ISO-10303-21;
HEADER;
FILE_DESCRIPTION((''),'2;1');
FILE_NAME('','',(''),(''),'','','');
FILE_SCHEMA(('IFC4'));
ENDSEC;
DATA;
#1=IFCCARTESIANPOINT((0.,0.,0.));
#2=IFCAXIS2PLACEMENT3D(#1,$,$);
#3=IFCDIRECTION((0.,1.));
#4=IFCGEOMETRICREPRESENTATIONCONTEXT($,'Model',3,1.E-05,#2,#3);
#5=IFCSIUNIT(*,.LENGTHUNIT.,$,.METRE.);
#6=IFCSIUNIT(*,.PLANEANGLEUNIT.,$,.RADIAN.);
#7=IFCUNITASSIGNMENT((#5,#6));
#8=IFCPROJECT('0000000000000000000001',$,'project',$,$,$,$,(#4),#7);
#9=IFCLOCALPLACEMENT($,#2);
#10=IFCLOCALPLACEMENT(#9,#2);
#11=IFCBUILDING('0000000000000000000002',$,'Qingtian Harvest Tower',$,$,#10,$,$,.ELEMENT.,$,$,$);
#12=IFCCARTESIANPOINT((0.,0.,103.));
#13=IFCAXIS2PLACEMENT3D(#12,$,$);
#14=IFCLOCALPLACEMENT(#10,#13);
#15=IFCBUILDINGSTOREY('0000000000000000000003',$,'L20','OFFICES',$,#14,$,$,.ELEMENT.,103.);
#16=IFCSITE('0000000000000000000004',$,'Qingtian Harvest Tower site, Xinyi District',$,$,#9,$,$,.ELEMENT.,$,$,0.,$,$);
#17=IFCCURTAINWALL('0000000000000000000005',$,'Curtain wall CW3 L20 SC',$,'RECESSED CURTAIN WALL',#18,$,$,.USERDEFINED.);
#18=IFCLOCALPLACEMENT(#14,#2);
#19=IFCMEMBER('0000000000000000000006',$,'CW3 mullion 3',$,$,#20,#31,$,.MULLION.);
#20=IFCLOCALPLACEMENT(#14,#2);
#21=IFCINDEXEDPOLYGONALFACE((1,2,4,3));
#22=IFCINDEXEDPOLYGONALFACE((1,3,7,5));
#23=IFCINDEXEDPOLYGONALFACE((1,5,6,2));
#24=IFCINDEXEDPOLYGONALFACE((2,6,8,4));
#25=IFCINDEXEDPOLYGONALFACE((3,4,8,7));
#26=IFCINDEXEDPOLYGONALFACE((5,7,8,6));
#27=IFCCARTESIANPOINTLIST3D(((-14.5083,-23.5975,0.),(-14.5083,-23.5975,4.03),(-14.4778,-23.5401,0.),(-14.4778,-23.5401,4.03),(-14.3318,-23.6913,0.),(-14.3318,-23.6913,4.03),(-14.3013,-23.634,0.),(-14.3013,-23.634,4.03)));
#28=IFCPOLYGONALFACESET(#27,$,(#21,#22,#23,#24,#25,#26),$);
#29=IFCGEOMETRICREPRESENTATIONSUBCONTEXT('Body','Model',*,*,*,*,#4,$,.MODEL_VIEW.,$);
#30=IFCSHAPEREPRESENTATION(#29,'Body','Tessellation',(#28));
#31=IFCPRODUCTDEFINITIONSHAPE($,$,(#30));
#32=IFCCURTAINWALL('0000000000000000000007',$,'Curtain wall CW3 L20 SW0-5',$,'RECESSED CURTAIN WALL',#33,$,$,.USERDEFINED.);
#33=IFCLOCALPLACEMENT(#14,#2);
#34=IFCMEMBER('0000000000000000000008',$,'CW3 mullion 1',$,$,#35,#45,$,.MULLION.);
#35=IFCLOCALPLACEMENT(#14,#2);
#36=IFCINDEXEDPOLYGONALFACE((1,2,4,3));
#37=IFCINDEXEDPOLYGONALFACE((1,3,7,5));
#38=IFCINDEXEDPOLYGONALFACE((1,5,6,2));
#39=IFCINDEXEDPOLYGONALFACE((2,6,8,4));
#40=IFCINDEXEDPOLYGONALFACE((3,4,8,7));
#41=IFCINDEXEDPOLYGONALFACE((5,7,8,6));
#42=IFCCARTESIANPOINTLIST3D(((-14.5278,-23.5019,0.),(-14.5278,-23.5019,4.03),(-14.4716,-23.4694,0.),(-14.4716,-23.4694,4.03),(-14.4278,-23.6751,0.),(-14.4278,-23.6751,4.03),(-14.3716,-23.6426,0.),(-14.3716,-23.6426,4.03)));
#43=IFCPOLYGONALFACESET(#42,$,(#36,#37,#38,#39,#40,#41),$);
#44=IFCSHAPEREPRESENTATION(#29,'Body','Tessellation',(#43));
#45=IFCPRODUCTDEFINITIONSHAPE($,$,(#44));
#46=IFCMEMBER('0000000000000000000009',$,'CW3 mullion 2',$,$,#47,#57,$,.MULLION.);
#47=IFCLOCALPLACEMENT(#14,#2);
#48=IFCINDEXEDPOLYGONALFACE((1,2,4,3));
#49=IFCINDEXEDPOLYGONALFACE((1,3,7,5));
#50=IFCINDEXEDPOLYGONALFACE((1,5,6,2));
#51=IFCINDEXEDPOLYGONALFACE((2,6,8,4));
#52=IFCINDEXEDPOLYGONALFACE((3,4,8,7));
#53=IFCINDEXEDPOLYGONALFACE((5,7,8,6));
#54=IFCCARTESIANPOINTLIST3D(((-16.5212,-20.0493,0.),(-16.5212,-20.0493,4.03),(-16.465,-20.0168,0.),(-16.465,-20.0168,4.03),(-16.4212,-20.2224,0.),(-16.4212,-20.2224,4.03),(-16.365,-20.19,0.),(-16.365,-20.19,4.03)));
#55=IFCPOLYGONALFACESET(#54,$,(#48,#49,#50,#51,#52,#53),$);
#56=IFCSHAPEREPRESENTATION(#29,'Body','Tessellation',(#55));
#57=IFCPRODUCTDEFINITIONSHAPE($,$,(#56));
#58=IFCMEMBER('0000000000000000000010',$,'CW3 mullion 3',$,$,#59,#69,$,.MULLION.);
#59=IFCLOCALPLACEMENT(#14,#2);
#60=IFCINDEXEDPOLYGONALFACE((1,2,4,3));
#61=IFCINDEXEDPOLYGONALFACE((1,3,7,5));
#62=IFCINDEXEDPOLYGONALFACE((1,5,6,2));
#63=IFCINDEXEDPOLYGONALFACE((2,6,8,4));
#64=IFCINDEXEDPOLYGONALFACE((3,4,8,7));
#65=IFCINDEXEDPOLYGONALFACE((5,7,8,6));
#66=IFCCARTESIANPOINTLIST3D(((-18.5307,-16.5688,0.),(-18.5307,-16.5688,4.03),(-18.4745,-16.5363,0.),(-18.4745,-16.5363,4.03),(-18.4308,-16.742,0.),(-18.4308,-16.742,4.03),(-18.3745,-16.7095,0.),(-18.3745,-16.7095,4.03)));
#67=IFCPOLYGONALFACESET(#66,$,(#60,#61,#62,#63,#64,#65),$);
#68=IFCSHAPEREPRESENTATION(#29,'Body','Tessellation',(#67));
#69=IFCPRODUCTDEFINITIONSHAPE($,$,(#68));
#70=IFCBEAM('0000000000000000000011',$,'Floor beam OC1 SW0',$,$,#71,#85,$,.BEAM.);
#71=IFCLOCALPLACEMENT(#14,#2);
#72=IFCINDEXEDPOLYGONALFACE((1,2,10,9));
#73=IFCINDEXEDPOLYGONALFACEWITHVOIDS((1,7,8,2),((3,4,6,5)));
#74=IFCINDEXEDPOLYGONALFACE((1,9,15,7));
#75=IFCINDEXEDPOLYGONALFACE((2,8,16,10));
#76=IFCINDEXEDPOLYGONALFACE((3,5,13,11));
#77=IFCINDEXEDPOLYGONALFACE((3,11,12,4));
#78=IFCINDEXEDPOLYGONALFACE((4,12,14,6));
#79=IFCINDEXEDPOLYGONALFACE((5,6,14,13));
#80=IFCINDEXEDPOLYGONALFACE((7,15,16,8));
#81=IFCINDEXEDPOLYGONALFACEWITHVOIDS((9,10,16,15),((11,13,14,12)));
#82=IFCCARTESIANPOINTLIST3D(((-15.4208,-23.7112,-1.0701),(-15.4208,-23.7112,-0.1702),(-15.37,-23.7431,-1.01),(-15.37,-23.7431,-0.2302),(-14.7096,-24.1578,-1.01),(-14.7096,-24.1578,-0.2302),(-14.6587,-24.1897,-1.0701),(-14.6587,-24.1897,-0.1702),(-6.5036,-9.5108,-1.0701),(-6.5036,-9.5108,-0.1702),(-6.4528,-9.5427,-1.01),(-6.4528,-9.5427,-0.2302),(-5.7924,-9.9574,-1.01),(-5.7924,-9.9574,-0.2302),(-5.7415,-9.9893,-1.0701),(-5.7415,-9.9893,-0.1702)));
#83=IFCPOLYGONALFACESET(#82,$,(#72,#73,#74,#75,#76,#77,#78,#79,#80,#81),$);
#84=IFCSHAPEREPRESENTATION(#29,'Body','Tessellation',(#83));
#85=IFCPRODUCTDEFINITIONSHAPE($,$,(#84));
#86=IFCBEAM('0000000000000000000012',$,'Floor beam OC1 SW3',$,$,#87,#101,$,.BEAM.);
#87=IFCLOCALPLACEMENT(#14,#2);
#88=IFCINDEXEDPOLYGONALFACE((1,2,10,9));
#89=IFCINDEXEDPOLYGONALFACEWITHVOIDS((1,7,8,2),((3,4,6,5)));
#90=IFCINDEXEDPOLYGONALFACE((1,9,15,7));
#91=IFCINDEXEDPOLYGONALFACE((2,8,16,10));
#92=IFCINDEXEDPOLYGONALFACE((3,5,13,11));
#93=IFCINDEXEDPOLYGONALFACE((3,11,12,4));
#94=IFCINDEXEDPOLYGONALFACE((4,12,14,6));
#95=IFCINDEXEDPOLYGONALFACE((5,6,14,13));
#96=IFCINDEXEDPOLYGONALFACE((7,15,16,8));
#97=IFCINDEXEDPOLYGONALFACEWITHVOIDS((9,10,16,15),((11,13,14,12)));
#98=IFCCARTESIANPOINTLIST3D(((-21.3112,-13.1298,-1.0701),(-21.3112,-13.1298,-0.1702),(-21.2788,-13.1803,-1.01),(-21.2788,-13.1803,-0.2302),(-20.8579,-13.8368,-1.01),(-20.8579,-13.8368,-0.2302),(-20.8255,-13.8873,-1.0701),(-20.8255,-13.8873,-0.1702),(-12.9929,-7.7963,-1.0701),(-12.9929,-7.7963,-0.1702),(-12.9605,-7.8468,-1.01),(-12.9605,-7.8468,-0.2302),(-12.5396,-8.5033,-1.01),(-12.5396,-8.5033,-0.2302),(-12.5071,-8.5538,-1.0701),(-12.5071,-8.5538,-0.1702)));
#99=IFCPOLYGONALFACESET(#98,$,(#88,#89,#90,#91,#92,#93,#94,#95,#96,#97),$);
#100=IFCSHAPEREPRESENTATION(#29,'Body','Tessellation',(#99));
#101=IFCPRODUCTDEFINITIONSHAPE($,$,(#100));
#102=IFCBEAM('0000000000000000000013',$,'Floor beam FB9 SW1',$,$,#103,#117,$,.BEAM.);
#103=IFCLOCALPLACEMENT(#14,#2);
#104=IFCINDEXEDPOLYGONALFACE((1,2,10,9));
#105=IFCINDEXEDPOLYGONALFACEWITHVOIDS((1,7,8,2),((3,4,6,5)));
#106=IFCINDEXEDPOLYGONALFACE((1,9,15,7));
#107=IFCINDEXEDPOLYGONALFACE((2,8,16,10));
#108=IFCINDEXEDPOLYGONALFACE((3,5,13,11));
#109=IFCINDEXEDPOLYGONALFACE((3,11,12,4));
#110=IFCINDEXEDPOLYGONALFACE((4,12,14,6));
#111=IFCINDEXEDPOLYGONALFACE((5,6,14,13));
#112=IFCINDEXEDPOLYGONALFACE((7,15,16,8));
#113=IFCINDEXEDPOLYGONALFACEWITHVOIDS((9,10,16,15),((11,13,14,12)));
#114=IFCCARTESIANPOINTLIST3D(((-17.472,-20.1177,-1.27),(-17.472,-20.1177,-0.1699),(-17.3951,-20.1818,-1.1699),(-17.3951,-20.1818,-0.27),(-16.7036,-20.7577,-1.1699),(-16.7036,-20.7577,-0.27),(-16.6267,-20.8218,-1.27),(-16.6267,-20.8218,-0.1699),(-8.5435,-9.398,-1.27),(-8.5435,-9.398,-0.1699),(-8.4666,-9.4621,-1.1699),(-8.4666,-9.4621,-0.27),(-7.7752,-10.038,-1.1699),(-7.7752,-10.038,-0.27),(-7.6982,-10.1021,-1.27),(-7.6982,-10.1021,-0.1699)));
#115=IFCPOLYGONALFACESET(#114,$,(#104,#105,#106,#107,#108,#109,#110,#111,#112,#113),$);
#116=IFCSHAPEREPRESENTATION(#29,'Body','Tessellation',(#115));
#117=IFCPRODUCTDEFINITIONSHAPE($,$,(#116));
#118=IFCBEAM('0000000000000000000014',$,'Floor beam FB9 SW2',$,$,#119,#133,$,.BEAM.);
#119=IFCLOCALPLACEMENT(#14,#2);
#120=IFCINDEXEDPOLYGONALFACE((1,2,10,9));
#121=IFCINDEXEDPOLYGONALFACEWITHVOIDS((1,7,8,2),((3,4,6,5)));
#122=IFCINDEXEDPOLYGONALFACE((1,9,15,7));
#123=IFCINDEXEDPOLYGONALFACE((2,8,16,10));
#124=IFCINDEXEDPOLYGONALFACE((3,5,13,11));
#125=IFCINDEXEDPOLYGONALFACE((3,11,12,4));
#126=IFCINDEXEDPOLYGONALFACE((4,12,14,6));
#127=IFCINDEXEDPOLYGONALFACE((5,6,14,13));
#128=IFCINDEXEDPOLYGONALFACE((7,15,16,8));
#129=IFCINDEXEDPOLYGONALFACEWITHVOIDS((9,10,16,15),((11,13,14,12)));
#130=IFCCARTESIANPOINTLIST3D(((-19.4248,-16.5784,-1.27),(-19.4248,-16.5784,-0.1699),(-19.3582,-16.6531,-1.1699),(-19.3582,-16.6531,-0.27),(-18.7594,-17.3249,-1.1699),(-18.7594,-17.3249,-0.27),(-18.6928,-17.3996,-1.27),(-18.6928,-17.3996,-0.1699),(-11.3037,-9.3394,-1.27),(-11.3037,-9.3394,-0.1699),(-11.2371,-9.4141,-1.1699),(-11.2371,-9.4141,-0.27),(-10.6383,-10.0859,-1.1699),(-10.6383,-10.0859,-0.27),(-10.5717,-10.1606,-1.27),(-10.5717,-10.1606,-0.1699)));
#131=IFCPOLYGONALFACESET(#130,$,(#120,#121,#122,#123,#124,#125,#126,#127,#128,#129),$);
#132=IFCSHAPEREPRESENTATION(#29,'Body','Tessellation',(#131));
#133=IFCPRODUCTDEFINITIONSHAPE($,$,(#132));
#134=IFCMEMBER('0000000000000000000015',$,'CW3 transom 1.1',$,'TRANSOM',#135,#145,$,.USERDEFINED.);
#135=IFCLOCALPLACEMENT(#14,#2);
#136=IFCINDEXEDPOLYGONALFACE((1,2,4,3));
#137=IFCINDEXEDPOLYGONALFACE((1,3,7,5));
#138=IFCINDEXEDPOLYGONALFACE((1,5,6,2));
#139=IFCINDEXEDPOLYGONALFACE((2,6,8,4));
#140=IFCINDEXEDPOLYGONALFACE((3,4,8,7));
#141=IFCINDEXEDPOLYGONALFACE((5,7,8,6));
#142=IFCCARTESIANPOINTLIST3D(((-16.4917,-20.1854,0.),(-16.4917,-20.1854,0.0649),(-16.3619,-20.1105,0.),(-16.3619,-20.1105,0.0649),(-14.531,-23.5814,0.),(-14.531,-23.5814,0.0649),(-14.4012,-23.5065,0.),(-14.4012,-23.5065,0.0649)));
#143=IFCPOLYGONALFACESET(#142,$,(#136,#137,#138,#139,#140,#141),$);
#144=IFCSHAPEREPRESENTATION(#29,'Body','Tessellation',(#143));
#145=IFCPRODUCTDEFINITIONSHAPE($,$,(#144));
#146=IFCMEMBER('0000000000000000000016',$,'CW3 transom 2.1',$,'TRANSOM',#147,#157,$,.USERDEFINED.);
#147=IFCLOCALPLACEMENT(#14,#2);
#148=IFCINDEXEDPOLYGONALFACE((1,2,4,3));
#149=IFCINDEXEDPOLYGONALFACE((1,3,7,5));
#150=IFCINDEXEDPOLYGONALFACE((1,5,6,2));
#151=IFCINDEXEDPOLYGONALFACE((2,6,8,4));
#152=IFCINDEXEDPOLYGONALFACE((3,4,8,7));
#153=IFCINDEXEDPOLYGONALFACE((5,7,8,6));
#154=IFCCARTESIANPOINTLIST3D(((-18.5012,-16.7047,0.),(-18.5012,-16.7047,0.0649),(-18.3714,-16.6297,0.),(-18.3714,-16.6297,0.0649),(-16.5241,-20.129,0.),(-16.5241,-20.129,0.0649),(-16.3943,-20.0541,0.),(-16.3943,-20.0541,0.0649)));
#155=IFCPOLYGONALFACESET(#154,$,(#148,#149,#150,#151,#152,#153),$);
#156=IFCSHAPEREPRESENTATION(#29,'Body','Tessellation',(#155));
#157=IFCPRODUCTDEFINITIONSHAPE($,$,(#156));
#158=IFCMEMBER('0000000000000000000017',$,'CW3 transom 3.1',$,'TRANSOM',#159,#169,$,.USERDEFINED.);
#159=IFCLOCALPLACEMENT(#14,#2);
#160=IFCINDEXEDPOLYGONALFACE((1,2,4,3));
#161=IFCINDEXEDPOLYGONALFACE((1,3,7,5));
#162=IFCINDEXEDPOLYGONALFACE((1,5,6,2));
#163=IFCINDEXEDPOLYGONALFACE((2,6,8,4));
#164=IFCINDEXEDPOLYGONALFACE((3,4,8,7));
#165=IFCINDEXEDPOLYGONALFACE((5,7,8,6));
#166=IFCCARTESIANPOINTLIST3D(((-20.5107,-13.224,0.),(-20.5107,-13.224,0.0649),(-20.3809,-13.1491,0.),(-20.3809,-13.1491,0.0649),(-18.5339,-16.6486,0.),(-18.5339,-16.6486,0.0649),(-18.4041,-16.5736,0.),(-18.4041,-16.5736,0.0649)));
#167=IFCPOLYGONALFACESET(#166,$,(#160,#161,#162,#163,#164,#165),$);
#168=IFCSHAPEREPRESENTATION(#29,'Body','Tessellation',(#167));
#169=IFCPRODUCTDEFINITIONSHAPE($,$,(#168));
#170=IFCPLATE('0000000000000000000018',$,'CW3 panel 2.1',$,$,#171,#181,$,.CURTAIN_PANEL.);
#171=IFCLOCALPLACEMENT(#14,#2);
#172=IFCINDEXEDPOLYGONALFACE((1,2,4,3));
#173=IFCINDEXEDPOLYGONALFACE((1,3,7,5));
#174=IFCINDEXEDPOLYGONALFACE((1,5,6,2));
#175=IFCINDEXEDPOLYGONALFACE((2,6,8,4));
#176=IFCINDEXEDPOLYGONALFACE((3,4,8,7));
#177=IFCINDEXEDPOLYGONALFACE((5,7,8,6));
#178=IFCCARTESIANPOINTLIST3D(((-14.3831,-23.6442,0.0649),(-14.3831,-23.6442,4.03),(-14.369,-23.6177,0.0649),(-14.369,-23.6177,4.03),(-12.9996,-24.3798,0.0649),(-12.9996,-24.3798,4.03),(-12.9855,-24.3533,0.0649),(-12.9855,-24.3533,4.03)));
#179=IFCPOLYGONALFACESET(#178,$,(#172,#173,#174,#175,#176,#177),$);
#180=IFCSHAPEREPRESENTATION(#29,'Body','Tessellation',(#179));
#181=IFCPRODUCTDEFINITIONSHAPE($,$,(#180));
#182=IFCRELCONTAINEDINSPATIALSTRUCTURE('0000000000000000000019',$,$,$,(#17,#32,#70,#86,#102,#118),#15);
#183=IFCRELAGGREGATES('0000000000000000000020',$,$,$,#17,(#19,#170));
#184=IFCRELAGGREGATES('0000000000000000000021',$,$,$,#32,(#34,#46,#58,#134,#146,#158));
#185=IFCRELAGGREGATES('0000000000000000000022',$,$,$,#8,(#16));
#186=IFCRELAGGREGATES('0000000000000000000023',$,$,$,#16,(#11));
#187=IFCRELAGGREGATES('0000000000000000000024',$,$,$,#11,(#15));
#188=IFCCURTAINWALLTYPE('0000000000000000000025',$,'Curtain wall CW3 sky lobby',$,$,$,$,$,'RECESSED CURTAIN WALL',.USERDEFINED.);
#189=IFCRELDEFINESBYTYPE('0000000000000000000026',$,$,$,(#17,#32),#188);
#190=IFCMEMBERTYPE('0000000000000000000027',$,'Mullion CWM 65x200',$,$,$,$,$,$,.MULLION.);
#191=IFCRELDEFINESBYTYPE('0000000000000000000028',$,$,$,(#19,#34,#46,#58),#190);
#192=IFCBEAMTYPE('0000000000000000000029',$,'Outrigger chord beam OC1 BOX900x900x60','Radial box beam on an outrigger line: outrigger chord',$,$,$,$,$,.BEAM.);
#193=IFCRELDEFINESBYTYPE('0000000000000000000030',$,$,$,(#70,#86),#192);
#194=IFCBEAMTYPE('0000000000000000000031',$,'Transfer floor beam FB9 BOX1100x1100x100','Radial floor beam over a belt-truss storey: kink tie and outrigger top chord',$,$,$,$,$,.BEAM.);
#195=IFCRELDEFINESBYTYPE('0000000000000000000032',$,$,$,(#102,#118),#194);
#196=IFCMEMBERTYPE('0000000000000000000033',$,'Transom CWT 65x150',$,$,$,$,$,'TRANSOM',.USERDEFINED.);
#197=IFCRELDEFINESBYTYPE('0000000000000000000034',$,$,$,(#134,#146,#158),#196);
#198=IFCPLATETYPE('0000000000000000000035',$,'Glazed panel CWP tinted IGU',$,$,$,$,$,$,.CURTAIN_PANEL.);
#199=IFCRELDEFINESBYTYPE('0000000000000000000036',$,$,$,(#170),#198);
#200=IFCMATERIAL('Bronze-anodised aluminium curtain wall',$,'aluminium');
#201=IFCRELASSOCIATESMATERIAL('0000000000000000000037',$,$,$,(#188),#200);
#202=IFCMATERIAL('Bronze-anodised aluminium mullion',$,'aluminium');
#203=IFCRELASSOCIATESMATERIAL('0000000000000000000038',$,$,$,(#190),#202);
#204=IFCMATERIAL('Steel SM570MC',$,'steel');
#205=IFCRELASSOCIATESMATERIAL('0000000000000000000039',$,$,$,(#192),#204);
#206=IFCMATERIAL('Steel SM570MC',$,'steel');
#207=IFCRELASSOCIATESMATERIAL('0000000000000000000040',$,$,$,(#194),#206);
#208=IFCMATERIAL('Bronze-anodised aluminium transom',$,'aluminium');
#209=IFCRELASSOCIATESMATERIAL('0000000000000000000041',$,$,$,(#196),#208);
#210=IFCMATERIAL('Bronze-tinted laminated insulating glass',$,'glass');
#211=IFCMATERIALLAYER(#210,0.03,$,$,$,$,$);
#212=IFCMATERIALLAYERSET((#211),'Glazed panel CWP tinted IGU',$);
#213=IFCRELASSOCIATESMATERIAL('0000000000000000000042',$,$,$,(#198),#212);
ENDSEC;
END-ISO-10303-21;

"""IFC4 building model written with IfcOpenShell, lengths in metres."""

from ifc_helpers import new_model, si_unit, direction, frame, origin, origin_2d, place, context, subcontext, project, spatial, rectangle, hollow_rectangle, extrude, material, layer, layer_set, material_profile, profile_set, type_object, element, aggregate, save


model = new_model("IFC4")

# Units and contexts
model_context = context("Model", 3, precision=1e-05, world=origin(), true_north=direction((0.0, 1.0)))
body_context = subcontext(model_context, "Body", "Model", "MODEL_VIEW")
ifc_project = project(units=[si_unit("LENGTHUNIT", "METRE"), si_unit("PLANEANGLEUNIT", "RADIAN")], contexts=[model_context])

# Site, building, storey
site_placement = place(None, origin())
site = spatial("IfcSite", under=ifc_project, at=site_placement, Name="Qingtian Harvest Tower site, Xinyi District", CompositionType="ELEMENT", RefElevation=0.0)
building_placement = place(site_placement, origin())
building = spatial("IfcBuilding", under=site, at=building_placement, Name="Qingtian Harvest Tower", CompositionType="ELEMENT")
storey_placement = place(building_placement, frame((0.0, 0.0, 103.0)))
storey = spatial("IfcBuildingStorey", under=building, at=storey_placement, Name="L20", Description="OFFICES", CompositionType="ELEMENT", Elevation=103.0)

# Curtain wall, member
ifc_material_1 = material(Name="Bronze-anodised aluminium curtain wall", Category="aluminium")
curtain_wall_type = type_object("IfcCurtainWallType", Name="Curtain wall CW3 sky lobby", ElementType="RECESSED CURTAIN WALL", PredefinedType="USERDEFINED", material=ifc_material_1)
curtain_wall_1_placement = place(storey_placement, origin())
curtain_wall_1 = element("IfcCurtainWall", 1, at=curtain_wall_1_placement, inside=storey, type_object=curtain_wall_type, Name="Curtain wall CW3 L20 SC", ObjectType="RECESSED CURTAIN WALL", PredefinedType="USERDEFINED")
ifc_material_2 = material(Name="Bronze-anodised aluminium mullion", Category="aluminium")
ifc_material_profile_1 = material_profile(ifc_material_2, rectangle(XDim=0.0649, YDim=0.2, at=origin_2d()), Name="AL 65x200")
ifc_profile_set_1 = profile_set([ifc_material_profile_1], Name="Bronze-anodised aluminium mullion")
member_type_1 = type_object("IfcMemberType", Name="Mullion CWM 65x200", PredefinedType="MULLION", material=ifc_profile_set_1)
member_1_placement = place(storey_placement, frame((-14.4048, -23.6157, 0.0), z_axis=(0.0, 0.0, 1.0), x_axis=(-0.469472, -0.882948, 0.0)))
member_1 = element("IfcMember", 2, at=member_1_placement, type_object=member_type_1, Name="CW3 mullion 3", PredefinedType="MULLION", context=body_context, shape_type="SweptSolid", body=[
    extrude(rectangle(XDim=0.0649, YDim=0.2, at=origin_2d()), origin(), (0.0, 0.0, 1.0), 4.03),
])

# Curtain wall, members
curtain_wall_2_placement = place(storey_placement, origin())
curtain_wall_2 = element("IfcCurtainWall", 3, at=curtain_wall_2_placement, inside=storey, type_object=curtain_wall_type, Name="Curtain wall CW3 L20 SW0-5", ObjectType="RECESSED CURTAIN WALL", PredefinedType="USERDEFINED")
member_2_placement = place(storey_placement, frame((-14.4497, -23.5723, 0.0), z_axis=(0.0, 0.0, 1.0), x_axis=(-0.866025, -0.5, 0.0)))
member_2 = element("IfcMember", 4, at=member_2_placement, type_object=member_type_1, Name="CW3 mullion 1", PredefinedType="MULLION", context=body_context, shape_type="SweptSolid", body=[
    extrude(rectangle(XDim=0.0649, YDim=0.2, at=origin_2d()), origin(), (0.0, 0.0, 1.0), 4.03),
])
member_3_placement = place(storey_placement, frame((-16.4431, -20.1196, 0.0), z_axis=(0.0, 0.0, 1.0), x_axis=(-0.866025, -0.5, 0.0)))
member_3 = element("IfcMember", 5, at=member_3_placement, type_object=member_type_1, Name="CW3 mullion 2", PredefinedType="MULLION", context=body_context, shape_type="SweptSolid", body=[
    extrude(rectangle(XDim=0.0649, YDim=0.2, at=origin_2d()), origin(), (0.0, 0.0, 1.0), 4.03),
])
member_4_placement = place(storey_placement, frame((-18.4526, -16.6392, 0.0), z_axis=(0.0, 0.0, 1.0), x_axis=(-0.866025, -0.5, 0.0)))
member_4 = element("IfcMember", 6, at=member_4_placement, type_object=member_type_1, Name="CW3 mullion 3", PredefinedType="MULLION", context=body_context, shape_type="SweptSolid", body=[
    extrude(rectangle(XDim=0.0649, YDim=0.2, at=origin_2d()), origin(), (0.0, 0.0, 1.0), 4.03),
])

# Beams
ifc_material_3 = material(Name="Steel SM570MC", Category="steel")
ifc_material_profile_2 = material_profile(ifc_material_3, hollow_rectangle(XDim=0.8999, YDim=0.8999, WallThickness=0.0601, at=origin_2d()), Name="BOX900x900x60")
ifc_profile_set_2 = profile_set([ifc_material_profile_2], Name="Steel SM570MC")
beam_type_1 = type_object("IfcBeamType", Name="Outrigger chord beam OC1 BOX900x900x60", Description="Radial box beam on an outrigger line: outrigger chord", PredefinedType="BEAM", material=ifc_profile_set_2)
beam_1_placement = place(storey_placement, frame((-15.0398, -23.9504, -0.6201), z_axis=(0.531797, 0.846872, 0.0), x_axis=(-0.846872, 0.531797, 0.0)))
element("IfcBeam", 7, at=beam_1_placement, inside=storey, type_object=beam_type_1, Name="Floor beam OC1 SW0", PredefinedType="BEAM", context=body_context, shape_type="SweptSolid", body=[
    extrude(hollow_rectangle(XDim=0.8999, YDim=0.8999, WallThickness=0.0601, at=origin_2d()), origin(), (0.0, 0.0, 1.0), 16.7681),
])
beam_2_placement = place(storey_placement, frame((-21.0684, -13.5085, -0.6201), z_axis=(0.841823, 0.539753, 0.0), x_axis=(-0.539753, 0.841823, 0.0)))
element("IfcBeam", 8, at=beam_2_placement, inside=storey, type_object=beam_type_1, Name="Floor beam OC1 SW3", PredefinedType="BEAM", context=body_context, shape_type="SweptSolid", body=[
    extrude(hollow_rectangle(XDim=0.8999, YDim=0.8999, WallThickness=0.0601, at=origin_2d()), origin(), (0.0, 0.0, 1.0), 9.8813),
])
ifc_material_4 = material(Name="Steel SM570MC", Category="steel")
ifc_material_profile_3 = material_profile(ifc_material_4, hollow_rectangle(XDim=1.1001, YDim=1.1001, WallThickness=0.1001, at=origin_2d()), Name="BOX1100x1100x100")
ifc_profile_set_3 = profile_set([ifc_material_profile_3], Name="Steel SM570MC")
beam_type_2 = type_object("IfcBeamType", Name="Transfer floor beam FB9 BOX1100x1100x100", Description="Radial floor beam over a belt-truss storey: kink tie and outrigger top chord", PredefinedType="BEAM", material=ifc_profile_set_3)
beam_3_placement = place(storey_placement, frame((-17.0493, -20.4697, -0.72), z_axis=(0.639988, 0.768385, 0.0), x_axis=(-0.768385, 0.639988, 0.0)))
element("IfcBeam", 9, at=beam_3_placement, inside=storey, type_object=beam_type_2, Name="Floor beam FB9 SW1", PredefinedType="BEAM", context=body_context, shape_type="SweptSolid", body=[
    extrude(hollow_rectangle(XDim=1.1001, YDim=1.1001, WallThickness=0.1001, at=origin_2d()), origin(), (0.0, 0.0, 1.0), 13.9509),
])
beam_4_placement = place(storey_placement, frame((-19.0588, -16.989, -0.72), z_axis=(0.746484, 0.665404, 0.0), x_axis=(-0.665404, 0.746484, 0.0)))
element("IfcBeam", 10, at=beam_4_placement, inside=storey, type_object=beam_type_2, Name="Floor beam FB9 SW2", PredefinedType="BEAM", context=body_context, shape_type="SweptSolid", body=[
    extrude(hollow_rectangle(XDim=1.1001, YDim=1.1001, WallThickness=0.1001, at=origin_2d()), origin(), (0.0, 0.0, 1.0), 10.8792),
])

# Members
ifc_material_5 = material(Name="Bronze-anodised aluminium transom", Category="aluminium")
ifc_material_profile_4 = material_profile(ifc_material_5, rectangle(XDim=0.1499, YDim=0.0649, at=origin_2d()), Name="AL 65x150")
ifc_profile_set_4 = profile_set([ifc_material_profile_4], Name="Bronze-anodised aluminium transom")
member_type_2 = type_object("IfcMemberType", Name="Transom CWT 65x150", ElementType="TRANSOM", PredefinedType="USERDEFINED", material=ifc_profile_set_4)
member_5_placement = place(storey_placement, frame((-14.4661, -23.5439, 0.0325), z_axis=(-0.500003, 0.866024, 0.0), x_axis=(-0.866024, -0.500003, 0.0)))
member_5 = element("IfcMember", 11, at=member_5_placement, type_object=member_type_2, Name="CW3 transom 1.1", ObjectType="TRANSOM", PredefinedType="USERDEFINED", context=body_context, shape_type="SweptSolid", body=[
    extrude(rectangle(XDim=0.1499, YDim=0.0649, at=origin_2d()), origin(), (0.0, 0.0, 1.0), 3.9214),
])
member_6_placement = place(storey_placement, frame((-16.4592, -20.0916, 0.0325), z_axis=(-0.500004, 0.866023, 0.0), x_axis=(-0.866023, -0.500004, 0.0)))
member_6 = element("IfcMember", 12, at=member_6_placement, type_object=member_type_2, Name="CW3 transom 2.1", ObjectType="TRANSOM", PredefinedType="USERDEFINED", context=body_context, shape_type="SweptSolid", body=[
    extrude(rectangle(XDim=0.1499, YDim=0.0649, at=origin_2d()), origin(), (0.0, 0.0, 1.0), 3.9541),
])
member_7_placement = place(storey_placement, frame((-18.469, -16.6111, 0.0325), z_axis=(-0.499931, 0.866065, 0.0), x_axis=(-0.866065, -0.499931, 0.0)))
member_7 = element("IfcMember", 13, at=member_7_placement, type_object=member_type_2, Name="CW3 transom 3.1", ObjectType="TRANSOM", PredefinedType="USERDEFINED", context=body_context, shape_type="SweptSolid", body=[
    extrude(rectangle(XDim=0.1499, YDim=0.0649, at=origin_2d()), origin(), (0.0, 0.0, 1.0), 3.9541),
])

# Plate
ifc_material_6 = material(Name="Bronze-tinted laminated insulating glass", Category="glass")
ifc_layer_1 = layer(ifc_material_6, 0.03)
ifc_layer_set_1 = layer_set([ifc_layer_1], Name="Glazed panel CWP tinted IGU")
plate_type = type_object("IfcPlateType", Name="Glazed panel CWP tinted IGU", PredefinedType="CURTAIN_PANEL", material=ifc_layer_set_1)
plate_1_placement = place(storey_placement, frame((-13.6843, -23.9988, 0.0649), z_axis=(0.0, 0.0, 1.0), x_axis=(-0.882948, 0.469472, 0.0)))
plate_1 = element("IfcPlate", 14, at=plate_1_placement, type_object=plate_type, Name="CW3 panel 2.1", PredefinedType="CURTAIN_PANEL", context=body_context, shape_type="SweptSolid", body=[
    extrude(rectangle(XDim=1.5669, YDim=0.03, at=origin_2d()), origin(), (0.0, 0.0, 1.0), 3.9651),
])
aggregate(curtain_wall_1, [member_1, plate_1])
aggregate(curtain_wall_2, [member_2, member_3, member_4, member_5, member_6, member_7])

save(model, "model.ifc")
